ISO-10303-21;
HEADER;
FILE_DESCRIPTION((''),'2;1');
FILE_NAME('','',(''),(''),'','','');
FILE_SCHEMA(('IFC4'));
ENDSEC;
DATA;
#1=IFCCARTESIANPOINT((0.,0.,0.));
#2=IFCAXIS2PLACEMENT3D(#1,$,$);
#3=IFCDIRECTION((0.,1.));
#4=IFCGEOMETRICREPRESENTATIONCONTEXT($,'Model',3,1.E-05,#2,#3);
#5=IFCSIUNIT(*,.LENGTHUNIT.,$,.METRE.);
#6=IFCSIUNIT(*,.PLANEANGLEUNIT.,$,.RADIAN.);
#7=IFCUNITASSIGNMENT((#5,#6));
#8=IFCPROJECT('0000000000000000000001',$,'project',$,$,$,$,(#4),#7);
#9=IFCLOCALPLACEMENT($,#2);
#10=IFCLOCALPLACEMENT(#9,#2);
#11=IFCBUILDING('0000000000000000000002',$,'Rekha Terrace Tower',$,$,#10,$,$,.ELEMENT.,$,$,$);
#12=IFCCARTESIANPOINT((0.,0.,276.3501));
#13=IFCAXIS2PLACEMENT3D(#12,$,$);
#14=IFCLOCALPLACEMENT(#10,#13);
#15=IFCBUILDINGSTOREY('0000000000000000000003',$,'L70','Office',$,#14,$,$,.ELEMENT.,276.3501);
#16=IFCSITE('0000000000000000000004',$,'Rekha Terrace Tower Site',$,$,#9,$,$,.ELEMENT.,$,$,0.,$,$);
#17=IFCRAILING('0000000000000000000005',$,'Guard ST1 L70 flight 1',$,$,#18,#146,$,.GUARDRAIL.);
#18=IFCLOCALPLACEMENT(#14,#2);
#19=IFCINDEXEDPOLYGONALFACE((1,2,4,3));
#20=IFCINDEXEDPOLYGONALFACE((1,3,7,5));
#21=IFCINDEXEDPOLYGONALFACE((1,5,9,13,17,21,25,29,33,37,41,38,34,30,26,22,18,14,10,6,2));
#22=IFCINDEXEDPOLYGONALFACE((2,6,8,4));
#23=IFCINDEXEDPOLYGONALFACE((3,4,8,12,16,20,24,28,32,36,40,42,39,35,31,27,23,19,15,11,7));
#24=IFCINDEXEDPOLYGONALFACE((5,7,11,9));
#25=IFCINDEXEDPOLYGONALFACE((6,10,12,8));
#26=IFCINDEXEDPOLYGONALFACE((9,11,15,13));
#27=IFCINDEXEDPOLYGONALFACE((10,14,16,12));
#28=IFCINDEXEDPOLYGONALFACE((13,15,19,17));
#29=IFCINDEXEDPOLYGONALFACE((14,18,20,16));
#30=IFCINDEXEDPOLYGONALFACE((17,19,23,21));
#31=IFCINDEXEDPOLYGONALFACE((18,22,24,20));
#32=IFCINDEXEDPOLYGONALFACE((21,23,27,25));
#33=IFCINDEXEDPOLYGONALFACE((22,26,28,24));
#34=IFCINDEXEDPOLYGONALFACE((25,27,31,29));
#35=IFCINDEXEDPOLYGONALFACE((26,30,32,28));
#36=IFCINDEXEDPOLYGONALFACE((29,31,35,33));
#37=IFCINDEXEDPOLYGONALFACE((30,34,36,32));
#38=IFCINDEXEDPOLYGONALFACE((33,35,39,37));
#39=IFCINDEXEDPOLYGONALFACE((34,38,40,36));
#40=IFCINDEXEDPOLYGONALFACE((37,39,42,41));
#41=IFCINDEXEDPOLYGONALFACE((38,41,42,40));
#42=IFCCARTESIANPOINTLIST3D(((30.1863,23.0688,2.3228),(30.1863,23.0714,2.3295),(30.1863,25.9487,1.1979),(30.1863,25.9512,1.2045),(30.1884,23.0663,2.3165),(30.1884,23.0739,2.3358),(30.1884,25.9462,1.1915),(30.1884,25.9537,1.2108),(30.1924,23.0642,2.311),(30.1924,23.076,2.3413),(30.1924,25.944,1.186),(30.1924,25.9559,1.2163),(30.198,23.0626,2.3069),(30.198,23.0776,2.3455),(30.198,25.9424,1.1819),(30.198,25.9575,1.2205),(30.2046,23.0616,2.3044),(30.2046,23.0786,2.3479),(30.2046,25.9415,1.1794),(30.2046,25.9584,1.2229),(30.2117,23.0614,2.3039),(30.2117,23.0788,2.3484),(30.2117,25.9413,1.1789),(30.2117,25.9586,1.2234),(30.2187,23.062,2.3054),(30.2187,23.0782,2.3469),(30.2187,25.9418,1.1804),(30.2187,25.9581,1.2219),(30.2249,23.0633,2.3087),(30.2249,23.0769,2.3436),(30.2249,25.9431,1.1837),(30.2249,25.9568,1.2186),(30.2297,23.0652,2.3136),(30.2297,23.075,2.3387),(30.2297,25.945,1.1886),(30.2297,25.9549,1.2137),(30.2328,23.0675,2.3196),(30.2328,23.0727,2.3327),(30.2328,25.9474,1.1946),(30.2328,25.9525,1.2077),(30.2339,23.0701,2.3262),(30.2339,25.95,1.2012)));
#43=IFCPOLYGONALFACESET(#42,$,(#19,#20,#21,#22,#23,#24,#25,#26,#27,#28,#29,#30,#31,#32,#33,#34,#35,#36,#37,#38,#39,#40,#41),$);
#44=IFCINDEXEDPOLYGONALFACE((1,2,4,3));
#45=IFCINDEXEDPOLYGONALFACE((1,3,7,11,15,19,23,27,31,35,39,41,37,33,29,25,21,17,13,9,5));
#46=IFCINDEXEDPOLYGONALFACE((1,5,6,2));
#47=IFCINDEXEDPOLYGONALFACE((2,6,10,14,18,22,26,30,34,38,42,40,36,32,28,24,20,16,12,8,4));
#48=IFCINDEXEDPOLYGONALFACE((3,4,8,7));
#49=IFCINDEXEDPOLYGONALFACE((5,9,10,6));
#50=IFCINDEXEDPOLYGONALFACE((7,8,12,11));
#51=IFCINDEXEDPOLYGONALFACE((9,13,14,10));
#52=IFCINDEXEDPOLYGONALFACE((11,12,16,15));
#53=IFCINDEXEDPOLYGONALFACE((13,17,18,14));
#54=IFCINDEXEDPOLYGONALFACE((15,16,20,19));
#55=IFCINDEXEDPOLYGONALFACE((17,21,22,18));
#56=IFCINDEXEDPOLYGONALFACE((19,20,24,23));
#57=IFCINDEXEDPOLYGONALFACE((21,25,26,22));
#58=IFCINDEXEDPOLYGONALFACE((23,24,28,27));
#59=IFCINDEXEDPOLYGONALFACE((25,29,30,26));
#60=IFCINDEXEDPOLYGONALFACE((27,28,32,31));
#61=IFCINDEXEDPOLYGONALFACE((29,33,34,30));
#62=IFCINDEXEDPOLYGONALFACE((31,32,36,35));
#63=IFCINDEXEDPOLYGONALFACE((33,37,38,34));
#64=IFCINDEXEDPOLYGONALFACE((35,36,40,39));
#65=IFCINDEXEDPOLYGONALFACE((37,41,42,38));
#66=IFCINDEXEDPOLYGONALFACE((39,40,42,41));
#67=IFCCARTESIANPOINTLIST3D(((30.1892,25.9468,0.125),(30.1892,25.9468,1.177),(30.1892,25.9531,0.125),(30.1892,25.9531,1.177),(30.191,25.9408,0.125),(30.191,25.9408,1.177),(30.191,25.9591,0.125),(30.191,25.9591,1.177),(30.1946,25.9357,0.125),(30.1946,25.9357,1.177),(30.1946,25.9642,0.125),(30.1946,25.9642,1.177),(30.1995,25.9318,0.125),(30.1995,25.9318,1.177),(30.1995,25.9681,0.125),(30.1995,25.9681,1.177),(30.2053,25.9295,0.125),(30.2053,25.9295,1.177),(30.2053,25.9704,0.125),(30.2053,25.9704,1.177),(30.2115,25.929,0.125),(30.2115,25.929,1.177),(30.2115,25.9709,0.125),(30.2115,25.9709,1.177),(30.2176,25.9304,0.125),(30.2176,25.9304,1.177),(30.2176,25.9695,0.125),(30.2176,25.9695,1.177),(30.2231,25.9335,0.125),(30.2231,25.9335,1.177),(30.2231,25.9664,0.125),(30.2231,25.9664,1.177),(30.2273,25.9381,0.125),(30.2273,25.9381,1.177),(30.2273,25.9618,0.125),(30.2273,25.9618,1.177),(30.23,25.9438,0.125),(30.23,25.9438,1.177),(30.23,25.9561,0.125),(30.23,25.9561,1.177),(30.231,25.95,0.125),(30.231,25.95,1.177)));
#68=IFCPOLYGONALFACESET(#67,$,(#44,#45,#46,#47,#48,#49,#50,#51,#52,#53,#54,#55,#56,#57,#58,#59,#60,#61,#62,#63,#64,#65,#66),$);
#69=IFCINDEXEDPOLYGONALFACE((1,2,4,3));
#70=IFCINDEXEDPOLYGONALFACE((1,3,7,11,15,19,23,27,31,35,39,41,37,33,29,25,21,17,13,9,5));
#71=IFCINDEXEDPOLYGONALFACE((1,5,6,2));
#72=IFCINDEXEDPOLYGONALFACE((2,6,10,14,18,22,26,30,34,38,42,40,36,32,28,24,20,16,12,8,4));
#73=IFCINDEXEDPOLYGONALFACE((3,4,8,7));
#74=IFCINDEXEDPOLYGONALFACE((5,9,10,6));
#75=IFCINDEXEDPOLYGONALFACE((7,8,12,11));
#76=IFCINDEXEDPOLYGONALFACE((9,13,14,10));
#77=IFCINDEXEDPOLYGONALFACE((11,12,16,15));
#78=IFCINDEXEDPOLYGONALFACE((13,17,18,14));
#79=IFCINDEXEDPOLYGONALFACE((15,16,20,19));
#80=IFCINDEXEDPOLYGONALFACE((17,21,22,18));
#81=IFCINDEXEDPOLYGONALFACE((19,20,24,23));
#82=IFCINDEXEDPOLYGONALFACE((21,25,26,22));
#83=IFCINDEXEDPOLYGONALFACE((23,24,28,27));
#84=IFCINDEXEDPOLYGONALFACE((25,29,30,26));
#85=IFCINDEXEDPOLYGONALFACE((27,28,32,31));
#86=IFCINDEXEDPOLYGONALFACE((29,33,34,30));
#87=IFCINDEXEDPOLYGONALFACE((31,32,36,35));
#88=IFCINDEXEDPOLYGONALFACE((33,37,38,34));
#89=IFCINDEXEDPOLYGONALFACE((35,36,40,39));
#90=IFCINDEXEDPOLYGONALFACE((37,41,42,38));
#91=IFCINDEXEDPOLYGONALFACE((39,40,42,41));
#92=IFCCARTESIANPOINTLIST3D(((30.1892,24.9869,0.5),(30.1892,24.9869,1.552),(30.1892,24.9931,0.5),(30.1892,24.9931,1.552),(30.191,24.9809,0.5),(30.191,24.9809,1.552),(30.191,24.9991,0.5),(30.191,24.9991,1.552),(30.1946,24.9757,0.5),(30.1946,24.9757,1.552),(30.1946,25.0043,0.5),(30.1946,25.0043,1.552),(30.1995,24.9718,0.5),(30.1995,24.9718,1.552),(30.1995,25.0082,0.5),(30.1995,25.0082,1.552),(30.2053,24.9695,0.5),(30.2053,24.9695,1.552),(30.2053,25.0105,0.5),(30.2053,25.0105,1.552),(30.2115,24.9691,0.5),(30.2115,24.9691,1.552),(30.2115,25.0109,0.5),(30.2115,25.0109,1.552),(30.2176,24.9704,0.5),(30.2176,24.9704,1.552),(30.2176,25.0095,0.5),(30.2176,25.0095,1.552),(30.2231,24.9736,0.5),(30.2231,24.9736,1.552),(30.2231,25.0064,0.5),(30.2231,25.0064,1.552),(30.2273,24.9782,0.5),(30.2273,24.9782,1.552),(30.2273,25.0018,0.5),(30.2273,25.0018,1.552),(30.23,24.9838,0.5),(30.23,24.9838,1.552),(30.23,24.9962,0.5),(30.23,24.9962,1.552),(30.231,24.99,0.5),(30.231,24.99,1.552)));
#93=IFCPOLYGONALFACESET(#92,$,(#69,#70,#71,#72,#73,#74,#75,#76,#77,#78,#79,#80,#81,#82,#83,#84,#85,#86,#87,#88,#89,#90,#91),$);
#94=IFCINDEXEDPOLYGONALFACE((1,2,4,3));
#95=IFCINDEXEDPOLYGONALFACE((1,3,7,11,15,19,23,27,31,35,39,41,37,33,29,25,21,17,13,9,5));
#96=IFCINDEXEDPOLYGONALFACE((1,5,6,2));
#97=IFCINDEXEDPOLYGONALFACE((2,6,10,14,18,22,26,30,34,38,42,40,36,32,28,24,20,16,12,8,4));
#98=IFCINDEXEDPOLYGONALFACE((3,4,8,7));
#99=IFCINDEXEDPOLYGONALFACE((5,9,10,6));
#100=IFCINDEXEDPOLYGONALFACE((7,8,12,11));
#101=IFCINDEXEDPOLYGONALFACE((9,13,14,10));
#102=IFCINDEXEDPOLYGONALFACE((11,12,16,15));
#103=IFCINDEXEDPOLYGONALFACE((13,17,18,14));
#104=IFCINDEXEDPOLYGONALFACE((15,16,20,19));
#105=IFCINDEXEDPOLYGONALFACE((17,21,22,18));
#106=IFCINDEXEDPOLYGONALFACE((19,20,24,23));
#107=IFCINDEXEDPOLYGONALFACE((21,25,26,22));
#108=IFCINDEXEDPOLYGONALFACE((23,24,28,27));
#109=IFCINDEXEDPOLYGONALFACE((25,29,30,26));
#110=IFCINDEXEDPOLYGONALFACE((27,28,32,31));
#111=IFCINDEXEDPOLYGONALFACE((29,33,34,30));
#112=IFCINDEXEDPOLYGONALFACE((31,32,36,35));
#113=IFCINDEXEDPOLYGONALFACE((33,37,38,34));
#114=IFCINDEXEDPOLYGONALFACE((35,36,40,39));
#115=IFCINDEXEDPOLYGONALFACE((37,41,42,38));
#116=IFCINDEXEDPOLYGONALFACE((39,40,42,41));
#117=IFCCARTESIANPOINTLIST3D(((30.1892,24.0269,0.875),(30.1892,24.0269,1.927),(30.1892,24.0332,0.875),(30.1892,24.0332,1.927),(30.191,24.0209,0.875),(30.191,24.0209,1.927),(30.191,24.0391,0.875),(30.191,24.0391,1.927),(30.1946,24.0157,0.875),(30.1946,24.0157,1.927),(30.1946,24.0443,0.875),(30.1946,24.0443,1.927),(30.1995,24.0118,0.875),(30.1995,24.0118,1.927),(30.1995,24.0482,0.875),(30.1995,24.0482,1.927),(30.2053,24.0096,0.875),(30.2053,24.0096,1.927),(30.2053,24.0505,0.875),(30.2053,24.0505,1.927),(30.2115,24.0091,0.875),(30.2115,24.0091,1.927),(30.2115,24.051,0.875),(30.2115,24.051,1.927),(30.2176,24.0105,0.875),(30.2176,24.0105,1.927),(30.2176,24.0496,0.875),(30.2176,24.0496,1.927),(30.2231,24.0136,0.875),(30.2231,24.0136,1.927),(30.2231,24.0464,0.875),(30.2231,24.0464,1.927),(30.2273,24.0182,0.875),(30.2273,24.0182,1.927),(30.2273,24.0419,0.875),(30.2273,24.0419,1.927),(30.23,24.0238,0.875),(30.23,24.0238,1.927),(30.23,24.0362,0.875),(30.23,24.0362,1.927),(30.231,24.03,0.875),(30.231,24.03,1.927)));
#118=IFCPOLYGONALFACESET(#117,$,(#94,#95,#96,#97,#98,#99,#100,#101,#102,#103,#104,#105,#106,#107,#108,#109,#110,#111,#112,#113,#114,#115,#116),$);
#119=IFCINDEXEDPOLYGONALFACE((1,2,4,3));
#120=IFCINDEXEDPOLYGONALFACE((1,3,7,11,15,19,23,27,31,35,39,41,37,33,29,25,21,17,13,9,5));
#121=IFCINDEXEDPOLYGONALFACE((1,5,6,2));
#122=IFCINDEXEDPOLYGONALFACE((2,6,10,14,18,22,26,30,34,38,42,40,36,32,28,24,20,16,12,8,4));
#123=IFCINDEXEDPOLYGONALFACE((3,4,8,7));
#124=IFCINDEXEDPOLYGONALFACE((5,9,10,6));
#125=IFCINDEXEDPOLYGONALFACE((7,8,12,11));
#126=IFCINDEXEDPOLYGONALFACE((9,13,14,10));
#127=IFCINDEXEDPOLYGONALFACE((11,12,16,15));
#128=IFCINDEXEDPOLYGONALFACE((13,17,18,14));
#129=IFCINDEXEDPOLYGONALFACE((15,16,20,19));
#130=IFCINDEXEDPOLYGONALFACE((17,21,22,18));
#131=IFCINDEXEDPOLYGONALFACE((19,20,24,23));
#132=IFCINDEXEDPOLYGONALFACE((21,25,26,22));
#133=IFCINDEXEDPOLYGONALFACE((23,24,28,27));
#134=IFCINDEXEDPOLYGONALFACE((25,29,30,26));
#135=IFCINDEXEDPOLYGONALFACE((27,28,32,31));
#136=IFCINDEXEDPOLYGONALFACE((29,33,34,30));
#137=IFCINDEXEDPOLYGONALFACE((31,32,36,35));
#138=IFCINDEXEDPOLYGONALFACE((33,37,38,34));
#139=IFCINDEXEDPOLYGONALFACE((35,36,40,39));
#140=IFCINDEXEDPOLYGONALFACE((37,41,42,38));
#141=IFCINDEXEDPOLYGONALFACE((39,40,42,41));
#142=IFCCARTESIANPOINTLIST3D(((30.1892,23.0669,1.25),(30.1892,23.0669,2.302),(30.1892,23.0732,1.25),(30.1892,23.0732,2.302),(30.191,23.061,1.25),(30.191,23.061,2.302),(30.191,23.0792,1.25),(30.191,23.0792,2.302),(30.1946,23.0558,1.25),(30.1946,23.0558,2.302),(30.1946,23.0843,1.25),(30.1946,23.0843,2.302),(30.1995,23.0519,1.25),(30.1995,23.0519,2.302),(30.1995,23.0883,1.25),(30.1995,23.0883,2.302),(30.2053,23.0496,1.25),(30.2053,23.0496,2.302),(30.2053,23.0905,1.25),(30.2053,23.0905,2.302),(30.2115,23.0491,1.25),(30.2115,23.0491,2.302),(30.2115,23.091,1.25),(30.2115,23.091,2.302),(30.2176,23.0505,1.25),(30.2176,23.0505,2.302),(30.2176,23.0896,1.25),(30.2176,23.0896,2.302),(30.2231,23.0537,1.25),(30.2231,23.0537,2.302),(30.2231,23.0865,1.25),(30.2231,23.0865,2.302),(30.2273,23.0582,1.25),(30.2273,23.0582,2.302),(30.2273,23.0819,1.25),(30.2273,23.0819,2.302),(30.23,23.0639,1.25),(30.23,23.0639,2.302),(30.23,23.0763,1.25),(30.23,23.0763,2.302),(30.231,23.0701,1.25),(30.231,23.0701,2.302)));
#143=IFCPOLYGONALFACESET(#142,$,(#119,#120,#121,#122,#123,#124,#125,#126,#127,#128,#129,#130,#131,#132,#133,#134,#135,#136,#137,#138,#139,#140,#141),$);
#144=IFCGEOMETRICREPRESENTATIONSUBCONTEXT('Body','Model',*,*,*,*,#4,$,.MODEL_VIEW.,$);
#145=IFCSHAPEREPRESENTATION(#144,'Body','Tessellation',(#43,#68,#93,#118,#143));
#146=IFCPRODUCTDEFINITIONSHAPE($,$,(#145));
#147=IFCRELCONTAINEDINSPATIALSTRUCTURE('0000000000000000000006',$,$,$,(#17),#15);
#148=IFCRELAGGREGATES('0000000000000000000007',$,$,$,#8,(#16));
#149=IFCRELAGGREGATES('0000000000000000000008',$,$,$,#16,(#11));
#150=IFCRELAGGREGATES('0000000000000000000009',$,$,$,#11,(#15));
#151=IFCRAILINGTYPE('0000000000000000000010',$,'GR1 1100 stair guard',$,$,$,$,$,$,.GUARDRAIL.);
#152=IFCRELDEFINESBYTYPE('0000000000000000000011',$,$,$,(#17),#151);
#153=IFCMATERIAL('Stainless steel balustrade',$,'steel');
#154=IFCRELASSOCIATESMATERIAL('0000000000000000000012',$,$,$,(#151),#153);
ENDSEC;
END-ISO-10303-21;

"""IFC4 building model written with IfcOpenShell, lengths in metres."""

from ifc_helpers import new_model, si_unit, direction, frame, origin, origin_2d, place, context, subcontext, project, spatial, circle, extrude, material, type_object, element, save


model = new_model("IFC4")

# Units and contexts
model_context = context("Model", 3, precision=1e-05, world=origin(), true_north=direction((0.0, 1.0)))
body_context = subcontext(model_context, "Body", "Model", "MODEL_VIEW")
ifc_project = project(units=[si_unit("LENGTHUNIT", "METRE"), si_unit("PLANEANGLEUNIT", "RADIAN")], contexts=[model_context])

# Site, building, storey
site_placement = place(None, origin())
site = spatial("IfcSite", under=ifc_project, at=site_placement, Name="Rekha Terrace Tower Site", CompositionType="ELEMENT", RefElevation=0.0)
building_placement = place(site_placement, origin())
building = spatial("IfcBuilding", under=site, at=building_placement, Name="Rekha Terrace Tower", CompositionType="ELEMENT")
storey_placement = place(building_placement, frame((0.0, 0.0, 276.3501)))
storey = spatial("IfcBuildingStorey", under=building, at=storey_placement, Name="L70", Description="Office", CompositionType="ELEMENT", Elevation=276.3501)

# Railing
ifc_material_1 = material(Name="Stainless steel balustrade", Category="steel")
railing_type_1 = type_object("IfcRailingType", Name="GR1 1100 stair guard", PredefinedType="GUARDRAIL", material=ifc_material_1)
railing_1_placement = place(storey_placement, frame((30.21, 25.95, 0.125)))
element("IfcRailing", 1, at=railing_1_placement, inside=storey, type_object=railing_type_1, Name="Guard ST1 L70 flight 1", PredefinedType="GUARDRAIL", context=body_context, shape_type="SweptSolid", body=[
    extrude(circle(Radius=0.0239, at=origin_2d()), frame((0.0, 0.0, 1.0762), z_axis=(0.0, -0.931452, 0.363863), x_axis=(1.0, 0.0, 0.0)), (0.0, 0.0, 1.0), 3.0918),
    extrude(circle(Radius=0.021, at=origin_2d()), origin(), (0.0, 0.0, 1.0), 1.052),
    extrude(circle(Radius=0.021, at=origin_2d()), frame((0.0, -0.96, 0.375)), (0.0, 0.0, 1.0), 1.052),
    extrude(circle(Radius=0.021, at=origin_2d()), frame((0.0, -1.9199, 0.75)), (0.0, 0.0, 1.0), 1.052),
    extrude(circle(Radius=0.021, at=origin_2d()), frame((0.0, -2.8799, 1.125)), (0.0, 0.0, 1.0), 1.052),
])

save(model, "model.ifc")
